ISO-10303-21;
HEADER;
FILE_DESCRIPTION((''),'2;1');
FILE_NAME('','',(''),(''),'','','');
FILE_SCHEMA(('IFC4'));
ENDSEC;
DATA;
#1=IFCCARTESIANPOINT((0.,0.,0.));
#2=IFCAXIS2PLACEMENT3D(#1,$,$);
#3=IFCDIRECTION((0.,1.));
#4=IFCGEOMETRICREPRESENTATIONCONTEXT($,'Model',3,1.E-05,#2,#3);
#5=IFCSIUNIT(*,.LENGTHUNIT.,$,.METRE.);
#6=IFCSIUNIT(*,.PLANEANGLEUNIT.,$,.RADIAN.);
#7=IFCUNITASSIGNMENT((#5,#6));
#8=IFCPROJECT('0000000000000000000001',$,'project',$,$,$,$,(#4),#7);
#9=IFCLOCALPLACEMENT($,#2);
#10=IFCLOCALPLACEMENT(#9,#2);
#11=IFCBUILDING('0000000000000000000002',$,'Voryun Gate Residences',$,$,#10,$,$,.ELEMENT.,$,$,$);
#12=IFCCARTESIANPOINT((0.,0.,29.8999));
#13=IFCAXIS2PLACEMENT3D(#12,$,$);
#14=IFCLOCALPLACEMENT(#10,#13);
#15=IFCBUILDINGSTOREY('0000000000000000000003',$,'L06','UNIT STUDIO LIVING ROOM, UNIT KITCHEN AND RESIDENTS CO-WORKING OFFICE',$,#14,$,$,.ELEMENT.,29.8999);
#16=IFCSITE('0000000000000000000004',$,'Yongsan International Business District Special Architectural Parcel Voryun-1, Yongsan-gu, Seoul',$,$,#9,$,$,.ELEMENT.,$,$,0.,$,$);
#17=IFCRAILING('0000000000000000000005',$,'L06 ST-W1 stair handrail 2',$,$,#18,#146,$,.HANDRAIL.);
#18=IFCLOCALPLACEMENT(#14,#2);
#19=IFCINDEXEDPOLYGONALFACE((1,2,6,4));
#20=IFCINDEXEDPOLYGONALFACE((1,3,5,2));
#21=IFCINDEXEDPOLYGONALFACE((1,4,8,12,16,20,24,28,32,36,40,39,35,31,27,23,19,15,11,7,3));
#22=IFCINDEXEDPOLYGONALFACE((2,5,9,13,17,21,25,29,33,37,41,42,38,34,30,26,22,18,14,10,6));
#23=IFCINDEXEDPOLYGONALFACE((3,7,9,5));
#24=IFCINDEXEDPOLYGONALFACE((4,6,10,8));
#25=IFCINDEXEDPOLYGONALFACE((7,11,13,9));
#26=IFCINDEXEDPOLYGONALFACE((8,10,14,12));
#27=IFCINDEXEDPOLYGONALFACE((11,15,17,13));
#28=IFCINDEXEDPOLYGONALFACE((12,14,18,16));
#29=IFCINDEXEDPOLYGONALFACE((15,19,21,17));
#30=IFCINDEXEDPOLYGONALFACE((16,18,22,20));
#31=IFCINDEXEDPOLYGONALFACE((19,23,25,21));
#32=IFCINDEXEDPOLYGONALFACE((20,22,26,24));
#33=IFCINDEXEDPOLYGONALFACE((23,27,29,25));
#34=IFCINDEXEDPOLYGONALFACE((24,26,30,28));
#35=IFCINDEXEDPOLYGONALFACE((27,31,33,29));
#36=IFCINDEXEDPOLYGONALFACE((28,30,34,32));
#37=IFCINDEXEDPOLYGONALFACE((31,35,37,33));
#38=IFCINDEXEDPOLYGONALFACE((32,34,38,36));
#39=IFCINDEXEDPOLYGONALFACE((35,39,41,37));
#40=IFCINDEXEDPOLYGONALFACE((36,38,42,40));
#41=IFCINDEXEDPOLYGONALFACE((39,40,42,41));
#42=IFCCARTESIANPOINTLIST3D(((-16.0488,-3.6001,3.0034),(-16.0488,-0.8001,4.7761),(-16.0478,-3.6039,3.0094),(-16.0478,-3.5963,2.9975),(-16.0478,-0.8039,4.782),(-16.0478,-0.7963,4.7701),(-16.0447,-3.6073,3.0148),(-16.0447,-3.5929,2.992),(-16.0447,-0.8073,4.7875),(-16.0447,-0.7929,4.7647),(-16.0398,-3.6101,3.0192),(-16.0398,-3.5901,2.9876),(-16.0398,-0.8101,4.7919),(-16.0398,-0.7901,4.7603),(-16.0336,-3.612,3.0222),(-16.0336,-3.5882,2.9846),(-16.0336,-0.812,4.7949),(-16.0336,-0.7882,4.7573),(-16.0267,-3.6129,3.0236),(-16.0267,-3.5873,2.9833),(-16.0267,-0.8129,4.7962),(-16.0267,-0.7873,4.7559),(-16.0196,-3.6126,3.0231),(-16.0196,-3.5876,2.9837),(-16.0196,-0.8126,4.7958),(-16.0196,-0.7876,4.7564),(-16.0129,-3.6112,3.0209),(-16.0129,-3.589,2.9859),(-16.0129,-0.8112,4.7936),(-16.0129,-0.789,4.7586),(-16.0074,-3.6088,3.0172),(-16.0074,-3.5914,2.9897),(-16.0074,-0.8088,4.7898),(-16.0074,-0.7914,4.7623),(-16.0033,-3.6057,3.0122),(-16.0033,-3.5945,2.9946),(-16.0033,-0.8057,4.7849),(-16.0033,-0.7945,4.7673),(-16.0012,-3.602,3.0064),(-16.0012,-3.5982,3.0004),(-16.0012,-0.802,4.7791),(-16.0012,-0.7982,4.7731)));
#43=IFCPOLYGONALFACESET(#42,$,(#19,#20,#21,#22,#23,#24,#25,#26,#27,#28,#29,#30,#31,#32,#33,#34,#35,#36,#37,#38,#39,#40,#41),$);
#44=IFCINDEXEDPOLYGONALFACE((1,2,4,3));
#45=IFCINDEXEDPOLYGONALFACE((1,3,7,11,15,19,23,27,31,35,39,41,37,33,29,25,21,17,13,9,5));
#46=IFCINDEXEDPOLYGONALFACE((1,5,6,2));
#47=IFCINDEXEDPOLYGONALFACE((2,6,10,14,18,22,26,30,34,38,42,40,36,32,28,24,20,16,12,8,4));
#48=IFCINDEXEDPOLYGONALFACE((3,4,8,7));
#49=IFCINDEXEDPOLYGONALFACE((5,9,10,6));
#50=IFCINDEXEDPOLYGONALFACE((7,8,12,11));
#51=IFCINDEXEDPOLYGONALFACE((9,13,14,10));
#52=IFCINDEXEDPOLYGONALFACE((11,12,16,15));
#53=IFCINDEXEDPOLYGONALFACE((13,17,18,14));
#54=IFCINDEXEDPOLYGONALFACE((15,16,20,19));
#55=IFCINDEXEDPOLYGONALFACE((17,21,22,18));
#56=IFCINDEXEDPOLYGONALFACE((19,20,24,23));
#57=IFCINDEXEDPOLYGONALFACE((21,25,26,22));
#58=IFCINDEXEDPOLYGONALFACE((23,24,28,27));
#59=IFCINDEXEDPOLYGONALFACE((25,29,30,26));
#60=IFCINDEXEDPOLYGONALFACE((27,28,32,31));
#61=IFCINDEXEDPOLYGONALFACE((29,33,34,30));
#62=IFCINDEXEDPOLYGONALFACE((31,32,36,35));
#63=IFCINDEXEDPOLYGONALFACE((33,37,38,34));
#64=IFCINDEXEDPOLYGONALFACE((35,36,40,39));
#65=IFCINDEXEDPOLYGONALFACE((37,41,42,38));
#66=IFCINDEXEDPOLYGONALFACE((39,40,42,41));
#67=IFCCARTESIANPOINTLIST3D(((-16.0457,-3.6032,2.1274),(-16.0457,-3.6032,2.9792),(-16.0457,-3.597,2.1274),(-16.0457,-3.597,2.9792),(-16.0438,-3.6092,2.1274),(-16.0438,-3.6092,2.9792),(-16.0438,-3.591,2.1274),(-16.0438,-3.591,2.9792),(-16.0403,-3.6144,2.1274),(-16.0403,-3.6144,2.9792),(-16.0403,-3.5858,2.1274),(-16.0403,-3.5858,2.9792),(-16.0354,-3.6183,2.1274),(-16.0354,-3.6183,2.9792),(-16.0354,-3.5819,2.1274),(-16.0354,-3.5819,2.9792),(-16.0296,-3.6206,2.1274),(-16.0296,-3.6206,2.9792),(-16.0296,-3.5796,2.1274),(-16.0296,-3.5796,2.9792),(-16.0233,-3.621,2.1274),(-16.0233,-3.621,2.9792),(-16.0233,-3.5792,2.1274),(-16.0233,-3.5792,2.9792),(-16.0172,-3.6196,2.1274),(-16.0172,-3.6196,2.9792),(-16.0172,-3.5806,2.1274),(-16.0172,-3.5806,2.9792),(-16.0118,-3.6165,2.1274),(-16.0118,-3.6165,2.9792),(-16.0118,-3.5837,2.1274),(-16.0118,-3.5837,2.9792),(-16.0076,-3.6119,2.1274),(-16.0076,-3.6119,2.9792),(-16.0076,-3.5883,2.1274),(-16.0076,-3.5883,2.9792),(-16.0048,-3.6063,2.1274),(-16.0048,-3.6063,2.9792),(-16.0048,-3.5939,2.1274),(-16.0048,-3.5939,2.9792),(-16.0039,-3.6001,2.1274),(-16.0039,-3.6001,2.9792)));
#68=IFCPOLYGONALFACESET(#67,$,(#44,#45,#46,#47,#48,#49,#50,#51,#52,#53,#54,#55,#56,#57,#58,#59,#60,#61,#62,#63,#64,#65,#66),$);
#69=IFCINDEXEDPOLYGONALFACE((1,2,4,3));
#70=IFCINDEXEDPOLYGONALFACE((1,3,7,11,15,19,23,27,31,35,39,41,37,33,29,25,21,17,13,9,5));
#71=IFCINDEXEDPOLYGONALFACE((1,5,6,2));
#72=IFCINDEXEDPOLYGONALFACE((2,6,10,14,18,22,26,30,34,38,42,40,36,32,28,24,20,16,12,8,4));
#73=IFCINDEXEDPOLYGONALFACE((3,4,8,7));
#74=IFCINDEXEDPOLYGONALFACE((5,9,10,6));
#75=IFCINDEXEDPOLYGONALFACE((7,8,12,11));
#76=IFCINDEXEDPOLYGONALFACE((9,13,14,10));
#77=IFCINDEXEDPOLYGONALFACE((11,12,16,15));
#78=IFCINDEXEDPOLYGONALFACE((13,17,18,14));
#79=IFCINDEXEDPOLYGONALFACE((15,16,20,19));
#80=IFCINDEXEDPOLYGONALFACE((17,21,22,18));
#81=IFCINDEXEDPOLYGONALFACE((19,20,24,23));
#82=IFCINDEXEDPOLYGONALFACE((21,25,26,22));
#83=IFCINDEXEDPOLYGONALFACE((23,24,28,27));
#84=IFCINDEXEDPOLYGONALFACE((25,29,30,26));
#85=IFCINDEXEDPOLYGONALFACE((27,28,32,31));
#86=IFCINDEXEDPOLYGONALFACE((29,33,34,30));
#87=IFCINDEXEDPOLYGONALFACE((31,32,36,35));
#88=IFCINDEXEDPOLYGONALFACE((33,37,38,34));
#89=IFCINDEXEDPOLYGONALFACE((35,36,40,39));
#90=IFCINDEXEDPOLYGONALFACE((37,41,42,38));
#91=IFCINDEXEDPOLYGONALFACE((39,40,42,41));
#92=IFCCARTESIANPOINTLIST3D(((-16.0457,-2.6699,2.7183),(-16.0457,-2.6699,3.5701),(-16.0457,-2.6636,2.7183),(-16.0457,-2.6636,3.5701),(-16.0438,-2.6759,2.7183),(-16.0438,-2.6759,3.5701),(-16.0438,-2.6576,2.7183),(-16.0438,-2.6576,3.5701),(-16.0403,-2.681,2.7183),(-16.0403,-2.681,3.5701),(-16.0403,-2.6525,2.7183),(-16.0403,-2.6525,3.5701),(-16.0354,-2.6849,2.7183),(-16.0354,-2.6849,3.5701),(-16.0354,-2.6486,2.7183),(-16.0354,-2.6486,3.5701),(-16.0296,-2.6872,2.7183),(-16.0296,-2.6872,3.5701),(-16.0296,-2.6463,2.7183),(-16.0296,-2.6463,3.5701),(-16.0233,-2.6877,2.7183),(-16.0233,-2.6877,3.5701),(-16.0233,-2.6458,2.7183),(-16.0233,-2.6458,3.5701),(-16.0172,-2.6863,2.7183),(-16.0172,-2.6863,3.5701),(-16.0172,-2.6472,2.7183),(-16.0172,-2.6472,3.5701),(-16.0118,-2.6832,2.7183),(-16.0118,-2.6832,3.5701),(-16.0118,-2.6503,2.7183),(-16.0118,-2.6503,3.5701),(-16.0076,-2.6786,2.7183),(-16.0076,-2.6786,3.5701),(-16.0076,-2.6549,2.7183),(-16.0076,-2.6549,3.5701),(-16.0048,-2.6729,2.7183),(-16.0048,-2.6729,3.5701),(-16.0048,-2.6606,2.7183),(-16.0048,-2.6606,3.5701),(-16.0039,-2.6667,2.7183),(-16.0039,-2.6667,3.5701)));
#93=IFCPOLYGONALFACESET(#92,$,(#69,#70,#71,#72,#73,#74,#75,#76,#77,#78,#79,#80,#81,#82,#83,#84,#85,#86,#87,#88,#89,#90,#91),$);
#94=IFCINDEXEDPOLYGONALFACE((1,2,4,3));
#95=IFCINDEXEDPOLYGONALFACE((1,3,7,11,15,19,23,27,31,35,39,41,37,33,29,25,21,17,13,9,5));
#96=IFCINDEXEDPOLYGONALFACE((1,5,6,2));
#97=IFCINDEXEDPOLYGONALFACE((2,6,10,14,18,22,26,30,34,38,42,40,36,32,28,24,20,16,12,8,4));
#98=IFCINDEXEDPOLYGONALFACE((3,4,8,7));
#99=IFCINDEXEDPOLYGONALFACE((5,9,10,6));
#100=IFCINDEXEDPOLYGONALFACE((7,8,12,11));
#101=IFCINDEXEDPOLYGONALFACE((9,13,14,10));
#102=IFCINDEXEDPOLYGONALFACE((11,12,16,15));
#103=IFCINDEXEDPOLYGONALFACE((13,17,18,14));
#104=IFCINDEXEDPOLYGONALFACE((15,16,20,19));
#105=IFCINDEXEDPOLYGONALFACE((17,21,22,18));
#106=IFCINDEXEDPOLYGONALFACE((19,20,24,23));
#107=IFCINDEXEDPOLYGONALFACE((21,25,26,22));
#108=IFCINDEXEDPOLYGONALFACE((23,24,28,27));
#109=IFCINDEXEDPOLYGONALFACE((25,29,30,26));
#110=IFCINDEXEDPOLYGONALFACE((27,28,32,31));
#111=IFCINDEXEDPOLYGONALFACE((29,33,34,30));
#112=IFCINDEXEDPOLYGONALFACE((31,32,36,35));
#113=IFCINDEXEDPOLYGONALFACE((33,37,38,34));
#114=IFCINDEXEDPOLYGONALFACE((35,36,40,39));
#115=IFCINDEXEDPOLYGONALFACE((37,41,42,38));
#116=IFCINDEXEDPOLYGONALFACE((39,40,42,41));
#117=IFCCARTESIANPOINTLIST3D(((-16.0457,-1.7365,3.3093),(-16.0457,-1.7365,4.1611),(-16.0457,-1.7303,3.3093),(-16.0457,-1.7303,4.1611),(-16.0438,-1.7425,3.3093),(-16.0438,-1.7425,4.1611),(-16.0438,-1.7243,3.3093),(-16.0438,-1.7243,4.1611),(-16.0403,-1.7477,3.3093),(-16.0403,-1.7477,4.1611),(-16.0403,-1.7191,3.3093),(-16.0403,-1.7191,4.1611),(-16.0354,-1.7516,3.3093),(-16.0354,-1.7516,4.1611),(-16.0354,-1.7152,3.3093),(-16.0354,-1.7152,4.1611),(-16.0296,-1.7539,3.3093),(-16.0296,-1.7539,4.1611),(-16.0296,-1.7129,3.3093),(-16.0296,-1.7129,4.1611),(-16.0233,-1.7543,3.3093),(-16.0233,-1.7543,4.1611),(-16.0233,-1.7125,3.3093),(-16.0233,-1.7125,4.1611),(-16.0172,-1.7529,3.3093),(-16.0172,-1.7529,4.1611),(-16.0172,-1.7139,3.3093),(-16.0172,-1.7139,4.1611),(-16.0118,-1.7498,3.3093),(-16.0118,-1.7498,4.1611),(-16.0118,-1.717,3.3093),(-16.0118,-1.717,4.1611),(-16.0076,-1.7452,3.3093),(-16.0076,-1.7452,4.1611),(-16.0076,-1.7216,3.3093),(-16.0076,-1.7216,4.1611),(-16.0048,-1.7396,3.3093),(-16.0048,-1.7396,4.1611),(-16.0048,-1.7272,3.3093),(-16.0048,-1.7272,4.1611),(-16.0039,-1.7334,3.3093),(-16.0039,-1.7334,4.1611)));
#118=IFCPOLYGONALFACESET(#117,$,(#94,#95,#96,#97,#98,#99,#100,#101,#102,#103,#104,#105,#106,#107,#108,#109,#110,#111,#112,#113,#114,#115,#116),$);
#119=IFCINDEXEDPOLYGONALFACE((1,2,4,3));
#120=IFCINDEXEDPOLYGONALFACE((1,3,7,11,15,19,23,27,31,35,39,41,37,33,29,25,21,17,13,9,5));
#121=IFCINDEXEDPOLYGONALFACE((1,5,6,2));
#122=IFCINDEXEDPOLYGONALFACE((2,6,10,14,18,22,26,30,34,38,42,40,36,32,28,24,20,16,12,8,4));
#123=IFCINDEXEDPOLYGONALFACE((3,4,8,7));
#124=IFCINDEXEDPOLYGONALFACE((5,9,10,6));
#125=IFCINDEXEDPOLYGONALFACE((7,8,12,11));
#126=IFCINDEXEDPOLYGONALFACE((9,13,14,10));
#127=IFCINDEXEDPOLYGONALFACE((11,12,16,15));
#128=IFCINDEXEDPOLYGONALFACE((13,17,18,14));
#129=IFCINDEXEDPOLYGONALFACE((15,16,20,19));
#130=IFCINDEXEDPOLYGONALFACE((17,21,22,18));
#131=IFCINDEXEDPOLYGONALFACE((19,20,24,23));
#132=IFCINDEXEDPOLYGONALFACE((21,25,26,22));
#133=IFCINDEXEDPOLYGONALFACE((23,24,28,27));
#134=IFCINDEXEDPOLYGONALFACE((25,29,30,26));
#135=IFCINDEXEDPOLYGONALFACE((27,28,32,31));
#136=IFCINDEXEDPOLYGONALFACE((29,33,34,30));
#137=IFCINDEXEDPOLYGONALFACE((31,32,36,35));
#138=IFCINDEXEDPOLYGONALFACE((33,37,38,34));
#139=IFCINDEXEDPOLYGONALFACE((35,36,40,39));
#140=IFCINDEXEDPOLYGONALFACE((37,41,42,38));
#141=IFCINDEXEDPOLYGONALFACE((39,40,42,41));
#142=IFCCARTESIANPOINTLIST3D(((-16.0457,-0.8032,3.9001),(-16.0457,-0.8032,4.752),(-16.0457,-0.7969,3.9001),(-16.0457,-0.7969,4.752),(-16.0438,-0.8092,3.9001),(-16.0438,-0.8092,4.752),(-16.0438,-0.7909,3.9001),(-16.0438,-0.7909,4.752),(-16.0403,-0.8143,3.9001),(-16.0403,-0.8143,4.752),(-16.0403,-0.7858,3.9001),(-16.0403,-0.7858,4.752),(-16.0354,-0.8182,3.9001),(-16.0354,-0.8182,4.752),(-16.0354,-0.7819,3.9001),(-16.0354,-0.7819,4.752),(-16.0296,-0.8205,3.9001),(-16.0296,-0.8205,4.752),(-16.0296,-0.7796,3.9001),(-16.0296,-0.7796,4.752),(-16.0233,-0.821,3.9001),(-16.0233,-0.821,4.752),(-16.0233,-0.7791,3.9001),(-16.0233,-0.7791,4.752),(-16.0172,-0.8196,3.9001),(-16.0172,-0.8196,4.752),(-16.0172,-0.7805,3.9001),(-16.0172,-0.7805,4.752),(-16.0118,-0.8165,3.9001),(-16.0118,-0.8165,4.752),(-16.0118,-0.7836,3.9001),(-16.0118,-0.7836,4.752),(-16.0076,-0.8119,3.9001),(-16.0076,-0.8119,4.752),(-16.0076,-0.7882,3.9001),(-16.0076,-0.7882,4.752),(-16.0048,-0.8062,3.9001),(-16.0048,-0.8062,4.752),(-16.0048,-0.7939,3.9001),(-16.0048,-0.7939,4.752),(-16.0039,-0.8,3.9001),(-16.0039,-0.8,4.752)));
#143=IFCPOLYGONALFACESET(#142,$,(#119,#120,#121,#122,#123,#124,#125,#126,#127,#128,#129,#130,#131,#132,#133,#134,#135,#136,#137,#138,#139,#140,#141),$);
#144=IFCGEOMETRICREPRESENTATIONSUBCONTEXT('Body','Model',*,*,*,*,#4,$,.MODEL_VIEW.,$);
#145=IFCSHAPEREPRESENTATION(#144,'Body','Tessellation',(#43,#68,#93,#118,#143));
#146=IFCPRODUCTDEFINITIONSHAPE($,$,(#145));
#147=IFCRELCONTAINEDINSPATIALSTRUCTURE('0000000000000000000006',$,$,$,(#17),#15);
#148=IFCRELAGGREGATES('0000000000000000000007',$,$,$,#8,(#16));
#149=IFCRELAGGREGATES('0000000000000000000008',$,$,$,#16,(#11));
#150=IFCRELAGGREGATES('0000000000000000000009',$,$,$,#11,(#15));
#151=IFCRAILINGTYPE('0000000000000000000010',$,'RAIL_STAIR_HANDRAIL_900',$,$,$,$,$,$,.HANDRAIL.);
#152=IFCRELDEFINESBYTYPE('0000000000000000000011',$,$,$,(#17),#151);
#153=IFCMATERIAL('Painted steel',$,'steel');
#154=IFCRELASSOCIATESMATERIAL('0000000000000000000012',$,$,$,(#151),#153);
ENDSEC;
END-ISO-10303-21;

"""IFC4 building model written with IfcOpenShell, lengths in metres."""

from ifc_helpers import new_model, si_unit, direction, frame, origin, origin_2d, place, context, subcontext, project, spatial, circle, extrude, material, type_object, element, save


model = new_model("IFC4")

# Units and contexts
model_context = context("Model", 3, precision=1e-05, world=origin(), true_north=direction((0.0, 1.0)))
body_context = subcontext(model_context, "Body", "Model", "MODEL_VIEW")
ifc_project = project(units=[si_unit("LENGTHUNIT", "METRE"), si_unit("PLANEANGLEUNIT", "RADIAN")], contexts=[model_context])

# Site, building, storey
site_placement = place(None, origin())
site = spatial("IfcSite", under=ifc_project, at=site_placement, Name="Yongsan International Business District Special Architectural Parcel Voryun-1, Yongsan-gu, Seoul", CompositionType="ELEMENT", RefElevation=0.0)
building_placement = place(site_placement, origin())
building = spatial("IfcBuilding", under=site, at=building_placement, Name="Voryun Gate Residences", CompositionType="ELEMENT")
storey_placement = place(building_placement, frame((0.0, 0.0, 29.8999)))
storey = spatial("IfcBuildingStorey", under=building, at=storey_placement, Name="L06", Description="UNIT STUDIO LIVING ROOM, UNIT KITCHEN AND RESIDENTS CO-WORKING OFFICE", CompositionType="ELEMENT", Elevation=29.8999)

# Railing
ifc_material_1 = material(Name="Painted steel", Category="steel")
railing_type_1 = type_object("IfcRailingType", Name="RAIL_STAIR_HANDRAIL_900", PredefinedType="HANDRAIL", material=ifc_material_1)
railing_1_placement = place(storey_placement, frame((-16.0249, -3.6001, 2.1274)))
element("IfcRailing", 1, at=railing_1_placement, inside=storey, type_object=railing_type_1, Name="L06 ST-W1 stair handrail 2", PredefinedType="HANDRAIL", context=body_context, shape_type="SweptSolid", body=[
    extrude(circle(Radius=0.0239, at=origin_2d()), frame((0.0, 0.0, 0.876), z_axis=(0.0, 0.844909, 0.53491), x_axis=(-1.0, 0.0, 0.0)), (0.0, 0.0, 1.0), 3.314),
    extrude(circle(Radius=0.021, at=origin_2d()), origin(), (0.0, 0.0, 1.0), 0.8518),
    extrude(circle(Radius=0.021, at=origin_2d()), frame((0.0, 0.9333, 0.5908)), (0.0, 0.0, 1.0), 0.8518),
    extrude(circle(Radius=0.021, at=origin_2d()), frame((0.0, 1.8667, 1.1819)), (0.0, 0.0, 1.0), 0.8518),
    extrude(circle(Radius=0.021, at=origin_2d()), frame((0.0, 2.8, 1.7727)), (0.0, 0.0, 1.0), 0.8518),
])

save(model, "model.ifc")
